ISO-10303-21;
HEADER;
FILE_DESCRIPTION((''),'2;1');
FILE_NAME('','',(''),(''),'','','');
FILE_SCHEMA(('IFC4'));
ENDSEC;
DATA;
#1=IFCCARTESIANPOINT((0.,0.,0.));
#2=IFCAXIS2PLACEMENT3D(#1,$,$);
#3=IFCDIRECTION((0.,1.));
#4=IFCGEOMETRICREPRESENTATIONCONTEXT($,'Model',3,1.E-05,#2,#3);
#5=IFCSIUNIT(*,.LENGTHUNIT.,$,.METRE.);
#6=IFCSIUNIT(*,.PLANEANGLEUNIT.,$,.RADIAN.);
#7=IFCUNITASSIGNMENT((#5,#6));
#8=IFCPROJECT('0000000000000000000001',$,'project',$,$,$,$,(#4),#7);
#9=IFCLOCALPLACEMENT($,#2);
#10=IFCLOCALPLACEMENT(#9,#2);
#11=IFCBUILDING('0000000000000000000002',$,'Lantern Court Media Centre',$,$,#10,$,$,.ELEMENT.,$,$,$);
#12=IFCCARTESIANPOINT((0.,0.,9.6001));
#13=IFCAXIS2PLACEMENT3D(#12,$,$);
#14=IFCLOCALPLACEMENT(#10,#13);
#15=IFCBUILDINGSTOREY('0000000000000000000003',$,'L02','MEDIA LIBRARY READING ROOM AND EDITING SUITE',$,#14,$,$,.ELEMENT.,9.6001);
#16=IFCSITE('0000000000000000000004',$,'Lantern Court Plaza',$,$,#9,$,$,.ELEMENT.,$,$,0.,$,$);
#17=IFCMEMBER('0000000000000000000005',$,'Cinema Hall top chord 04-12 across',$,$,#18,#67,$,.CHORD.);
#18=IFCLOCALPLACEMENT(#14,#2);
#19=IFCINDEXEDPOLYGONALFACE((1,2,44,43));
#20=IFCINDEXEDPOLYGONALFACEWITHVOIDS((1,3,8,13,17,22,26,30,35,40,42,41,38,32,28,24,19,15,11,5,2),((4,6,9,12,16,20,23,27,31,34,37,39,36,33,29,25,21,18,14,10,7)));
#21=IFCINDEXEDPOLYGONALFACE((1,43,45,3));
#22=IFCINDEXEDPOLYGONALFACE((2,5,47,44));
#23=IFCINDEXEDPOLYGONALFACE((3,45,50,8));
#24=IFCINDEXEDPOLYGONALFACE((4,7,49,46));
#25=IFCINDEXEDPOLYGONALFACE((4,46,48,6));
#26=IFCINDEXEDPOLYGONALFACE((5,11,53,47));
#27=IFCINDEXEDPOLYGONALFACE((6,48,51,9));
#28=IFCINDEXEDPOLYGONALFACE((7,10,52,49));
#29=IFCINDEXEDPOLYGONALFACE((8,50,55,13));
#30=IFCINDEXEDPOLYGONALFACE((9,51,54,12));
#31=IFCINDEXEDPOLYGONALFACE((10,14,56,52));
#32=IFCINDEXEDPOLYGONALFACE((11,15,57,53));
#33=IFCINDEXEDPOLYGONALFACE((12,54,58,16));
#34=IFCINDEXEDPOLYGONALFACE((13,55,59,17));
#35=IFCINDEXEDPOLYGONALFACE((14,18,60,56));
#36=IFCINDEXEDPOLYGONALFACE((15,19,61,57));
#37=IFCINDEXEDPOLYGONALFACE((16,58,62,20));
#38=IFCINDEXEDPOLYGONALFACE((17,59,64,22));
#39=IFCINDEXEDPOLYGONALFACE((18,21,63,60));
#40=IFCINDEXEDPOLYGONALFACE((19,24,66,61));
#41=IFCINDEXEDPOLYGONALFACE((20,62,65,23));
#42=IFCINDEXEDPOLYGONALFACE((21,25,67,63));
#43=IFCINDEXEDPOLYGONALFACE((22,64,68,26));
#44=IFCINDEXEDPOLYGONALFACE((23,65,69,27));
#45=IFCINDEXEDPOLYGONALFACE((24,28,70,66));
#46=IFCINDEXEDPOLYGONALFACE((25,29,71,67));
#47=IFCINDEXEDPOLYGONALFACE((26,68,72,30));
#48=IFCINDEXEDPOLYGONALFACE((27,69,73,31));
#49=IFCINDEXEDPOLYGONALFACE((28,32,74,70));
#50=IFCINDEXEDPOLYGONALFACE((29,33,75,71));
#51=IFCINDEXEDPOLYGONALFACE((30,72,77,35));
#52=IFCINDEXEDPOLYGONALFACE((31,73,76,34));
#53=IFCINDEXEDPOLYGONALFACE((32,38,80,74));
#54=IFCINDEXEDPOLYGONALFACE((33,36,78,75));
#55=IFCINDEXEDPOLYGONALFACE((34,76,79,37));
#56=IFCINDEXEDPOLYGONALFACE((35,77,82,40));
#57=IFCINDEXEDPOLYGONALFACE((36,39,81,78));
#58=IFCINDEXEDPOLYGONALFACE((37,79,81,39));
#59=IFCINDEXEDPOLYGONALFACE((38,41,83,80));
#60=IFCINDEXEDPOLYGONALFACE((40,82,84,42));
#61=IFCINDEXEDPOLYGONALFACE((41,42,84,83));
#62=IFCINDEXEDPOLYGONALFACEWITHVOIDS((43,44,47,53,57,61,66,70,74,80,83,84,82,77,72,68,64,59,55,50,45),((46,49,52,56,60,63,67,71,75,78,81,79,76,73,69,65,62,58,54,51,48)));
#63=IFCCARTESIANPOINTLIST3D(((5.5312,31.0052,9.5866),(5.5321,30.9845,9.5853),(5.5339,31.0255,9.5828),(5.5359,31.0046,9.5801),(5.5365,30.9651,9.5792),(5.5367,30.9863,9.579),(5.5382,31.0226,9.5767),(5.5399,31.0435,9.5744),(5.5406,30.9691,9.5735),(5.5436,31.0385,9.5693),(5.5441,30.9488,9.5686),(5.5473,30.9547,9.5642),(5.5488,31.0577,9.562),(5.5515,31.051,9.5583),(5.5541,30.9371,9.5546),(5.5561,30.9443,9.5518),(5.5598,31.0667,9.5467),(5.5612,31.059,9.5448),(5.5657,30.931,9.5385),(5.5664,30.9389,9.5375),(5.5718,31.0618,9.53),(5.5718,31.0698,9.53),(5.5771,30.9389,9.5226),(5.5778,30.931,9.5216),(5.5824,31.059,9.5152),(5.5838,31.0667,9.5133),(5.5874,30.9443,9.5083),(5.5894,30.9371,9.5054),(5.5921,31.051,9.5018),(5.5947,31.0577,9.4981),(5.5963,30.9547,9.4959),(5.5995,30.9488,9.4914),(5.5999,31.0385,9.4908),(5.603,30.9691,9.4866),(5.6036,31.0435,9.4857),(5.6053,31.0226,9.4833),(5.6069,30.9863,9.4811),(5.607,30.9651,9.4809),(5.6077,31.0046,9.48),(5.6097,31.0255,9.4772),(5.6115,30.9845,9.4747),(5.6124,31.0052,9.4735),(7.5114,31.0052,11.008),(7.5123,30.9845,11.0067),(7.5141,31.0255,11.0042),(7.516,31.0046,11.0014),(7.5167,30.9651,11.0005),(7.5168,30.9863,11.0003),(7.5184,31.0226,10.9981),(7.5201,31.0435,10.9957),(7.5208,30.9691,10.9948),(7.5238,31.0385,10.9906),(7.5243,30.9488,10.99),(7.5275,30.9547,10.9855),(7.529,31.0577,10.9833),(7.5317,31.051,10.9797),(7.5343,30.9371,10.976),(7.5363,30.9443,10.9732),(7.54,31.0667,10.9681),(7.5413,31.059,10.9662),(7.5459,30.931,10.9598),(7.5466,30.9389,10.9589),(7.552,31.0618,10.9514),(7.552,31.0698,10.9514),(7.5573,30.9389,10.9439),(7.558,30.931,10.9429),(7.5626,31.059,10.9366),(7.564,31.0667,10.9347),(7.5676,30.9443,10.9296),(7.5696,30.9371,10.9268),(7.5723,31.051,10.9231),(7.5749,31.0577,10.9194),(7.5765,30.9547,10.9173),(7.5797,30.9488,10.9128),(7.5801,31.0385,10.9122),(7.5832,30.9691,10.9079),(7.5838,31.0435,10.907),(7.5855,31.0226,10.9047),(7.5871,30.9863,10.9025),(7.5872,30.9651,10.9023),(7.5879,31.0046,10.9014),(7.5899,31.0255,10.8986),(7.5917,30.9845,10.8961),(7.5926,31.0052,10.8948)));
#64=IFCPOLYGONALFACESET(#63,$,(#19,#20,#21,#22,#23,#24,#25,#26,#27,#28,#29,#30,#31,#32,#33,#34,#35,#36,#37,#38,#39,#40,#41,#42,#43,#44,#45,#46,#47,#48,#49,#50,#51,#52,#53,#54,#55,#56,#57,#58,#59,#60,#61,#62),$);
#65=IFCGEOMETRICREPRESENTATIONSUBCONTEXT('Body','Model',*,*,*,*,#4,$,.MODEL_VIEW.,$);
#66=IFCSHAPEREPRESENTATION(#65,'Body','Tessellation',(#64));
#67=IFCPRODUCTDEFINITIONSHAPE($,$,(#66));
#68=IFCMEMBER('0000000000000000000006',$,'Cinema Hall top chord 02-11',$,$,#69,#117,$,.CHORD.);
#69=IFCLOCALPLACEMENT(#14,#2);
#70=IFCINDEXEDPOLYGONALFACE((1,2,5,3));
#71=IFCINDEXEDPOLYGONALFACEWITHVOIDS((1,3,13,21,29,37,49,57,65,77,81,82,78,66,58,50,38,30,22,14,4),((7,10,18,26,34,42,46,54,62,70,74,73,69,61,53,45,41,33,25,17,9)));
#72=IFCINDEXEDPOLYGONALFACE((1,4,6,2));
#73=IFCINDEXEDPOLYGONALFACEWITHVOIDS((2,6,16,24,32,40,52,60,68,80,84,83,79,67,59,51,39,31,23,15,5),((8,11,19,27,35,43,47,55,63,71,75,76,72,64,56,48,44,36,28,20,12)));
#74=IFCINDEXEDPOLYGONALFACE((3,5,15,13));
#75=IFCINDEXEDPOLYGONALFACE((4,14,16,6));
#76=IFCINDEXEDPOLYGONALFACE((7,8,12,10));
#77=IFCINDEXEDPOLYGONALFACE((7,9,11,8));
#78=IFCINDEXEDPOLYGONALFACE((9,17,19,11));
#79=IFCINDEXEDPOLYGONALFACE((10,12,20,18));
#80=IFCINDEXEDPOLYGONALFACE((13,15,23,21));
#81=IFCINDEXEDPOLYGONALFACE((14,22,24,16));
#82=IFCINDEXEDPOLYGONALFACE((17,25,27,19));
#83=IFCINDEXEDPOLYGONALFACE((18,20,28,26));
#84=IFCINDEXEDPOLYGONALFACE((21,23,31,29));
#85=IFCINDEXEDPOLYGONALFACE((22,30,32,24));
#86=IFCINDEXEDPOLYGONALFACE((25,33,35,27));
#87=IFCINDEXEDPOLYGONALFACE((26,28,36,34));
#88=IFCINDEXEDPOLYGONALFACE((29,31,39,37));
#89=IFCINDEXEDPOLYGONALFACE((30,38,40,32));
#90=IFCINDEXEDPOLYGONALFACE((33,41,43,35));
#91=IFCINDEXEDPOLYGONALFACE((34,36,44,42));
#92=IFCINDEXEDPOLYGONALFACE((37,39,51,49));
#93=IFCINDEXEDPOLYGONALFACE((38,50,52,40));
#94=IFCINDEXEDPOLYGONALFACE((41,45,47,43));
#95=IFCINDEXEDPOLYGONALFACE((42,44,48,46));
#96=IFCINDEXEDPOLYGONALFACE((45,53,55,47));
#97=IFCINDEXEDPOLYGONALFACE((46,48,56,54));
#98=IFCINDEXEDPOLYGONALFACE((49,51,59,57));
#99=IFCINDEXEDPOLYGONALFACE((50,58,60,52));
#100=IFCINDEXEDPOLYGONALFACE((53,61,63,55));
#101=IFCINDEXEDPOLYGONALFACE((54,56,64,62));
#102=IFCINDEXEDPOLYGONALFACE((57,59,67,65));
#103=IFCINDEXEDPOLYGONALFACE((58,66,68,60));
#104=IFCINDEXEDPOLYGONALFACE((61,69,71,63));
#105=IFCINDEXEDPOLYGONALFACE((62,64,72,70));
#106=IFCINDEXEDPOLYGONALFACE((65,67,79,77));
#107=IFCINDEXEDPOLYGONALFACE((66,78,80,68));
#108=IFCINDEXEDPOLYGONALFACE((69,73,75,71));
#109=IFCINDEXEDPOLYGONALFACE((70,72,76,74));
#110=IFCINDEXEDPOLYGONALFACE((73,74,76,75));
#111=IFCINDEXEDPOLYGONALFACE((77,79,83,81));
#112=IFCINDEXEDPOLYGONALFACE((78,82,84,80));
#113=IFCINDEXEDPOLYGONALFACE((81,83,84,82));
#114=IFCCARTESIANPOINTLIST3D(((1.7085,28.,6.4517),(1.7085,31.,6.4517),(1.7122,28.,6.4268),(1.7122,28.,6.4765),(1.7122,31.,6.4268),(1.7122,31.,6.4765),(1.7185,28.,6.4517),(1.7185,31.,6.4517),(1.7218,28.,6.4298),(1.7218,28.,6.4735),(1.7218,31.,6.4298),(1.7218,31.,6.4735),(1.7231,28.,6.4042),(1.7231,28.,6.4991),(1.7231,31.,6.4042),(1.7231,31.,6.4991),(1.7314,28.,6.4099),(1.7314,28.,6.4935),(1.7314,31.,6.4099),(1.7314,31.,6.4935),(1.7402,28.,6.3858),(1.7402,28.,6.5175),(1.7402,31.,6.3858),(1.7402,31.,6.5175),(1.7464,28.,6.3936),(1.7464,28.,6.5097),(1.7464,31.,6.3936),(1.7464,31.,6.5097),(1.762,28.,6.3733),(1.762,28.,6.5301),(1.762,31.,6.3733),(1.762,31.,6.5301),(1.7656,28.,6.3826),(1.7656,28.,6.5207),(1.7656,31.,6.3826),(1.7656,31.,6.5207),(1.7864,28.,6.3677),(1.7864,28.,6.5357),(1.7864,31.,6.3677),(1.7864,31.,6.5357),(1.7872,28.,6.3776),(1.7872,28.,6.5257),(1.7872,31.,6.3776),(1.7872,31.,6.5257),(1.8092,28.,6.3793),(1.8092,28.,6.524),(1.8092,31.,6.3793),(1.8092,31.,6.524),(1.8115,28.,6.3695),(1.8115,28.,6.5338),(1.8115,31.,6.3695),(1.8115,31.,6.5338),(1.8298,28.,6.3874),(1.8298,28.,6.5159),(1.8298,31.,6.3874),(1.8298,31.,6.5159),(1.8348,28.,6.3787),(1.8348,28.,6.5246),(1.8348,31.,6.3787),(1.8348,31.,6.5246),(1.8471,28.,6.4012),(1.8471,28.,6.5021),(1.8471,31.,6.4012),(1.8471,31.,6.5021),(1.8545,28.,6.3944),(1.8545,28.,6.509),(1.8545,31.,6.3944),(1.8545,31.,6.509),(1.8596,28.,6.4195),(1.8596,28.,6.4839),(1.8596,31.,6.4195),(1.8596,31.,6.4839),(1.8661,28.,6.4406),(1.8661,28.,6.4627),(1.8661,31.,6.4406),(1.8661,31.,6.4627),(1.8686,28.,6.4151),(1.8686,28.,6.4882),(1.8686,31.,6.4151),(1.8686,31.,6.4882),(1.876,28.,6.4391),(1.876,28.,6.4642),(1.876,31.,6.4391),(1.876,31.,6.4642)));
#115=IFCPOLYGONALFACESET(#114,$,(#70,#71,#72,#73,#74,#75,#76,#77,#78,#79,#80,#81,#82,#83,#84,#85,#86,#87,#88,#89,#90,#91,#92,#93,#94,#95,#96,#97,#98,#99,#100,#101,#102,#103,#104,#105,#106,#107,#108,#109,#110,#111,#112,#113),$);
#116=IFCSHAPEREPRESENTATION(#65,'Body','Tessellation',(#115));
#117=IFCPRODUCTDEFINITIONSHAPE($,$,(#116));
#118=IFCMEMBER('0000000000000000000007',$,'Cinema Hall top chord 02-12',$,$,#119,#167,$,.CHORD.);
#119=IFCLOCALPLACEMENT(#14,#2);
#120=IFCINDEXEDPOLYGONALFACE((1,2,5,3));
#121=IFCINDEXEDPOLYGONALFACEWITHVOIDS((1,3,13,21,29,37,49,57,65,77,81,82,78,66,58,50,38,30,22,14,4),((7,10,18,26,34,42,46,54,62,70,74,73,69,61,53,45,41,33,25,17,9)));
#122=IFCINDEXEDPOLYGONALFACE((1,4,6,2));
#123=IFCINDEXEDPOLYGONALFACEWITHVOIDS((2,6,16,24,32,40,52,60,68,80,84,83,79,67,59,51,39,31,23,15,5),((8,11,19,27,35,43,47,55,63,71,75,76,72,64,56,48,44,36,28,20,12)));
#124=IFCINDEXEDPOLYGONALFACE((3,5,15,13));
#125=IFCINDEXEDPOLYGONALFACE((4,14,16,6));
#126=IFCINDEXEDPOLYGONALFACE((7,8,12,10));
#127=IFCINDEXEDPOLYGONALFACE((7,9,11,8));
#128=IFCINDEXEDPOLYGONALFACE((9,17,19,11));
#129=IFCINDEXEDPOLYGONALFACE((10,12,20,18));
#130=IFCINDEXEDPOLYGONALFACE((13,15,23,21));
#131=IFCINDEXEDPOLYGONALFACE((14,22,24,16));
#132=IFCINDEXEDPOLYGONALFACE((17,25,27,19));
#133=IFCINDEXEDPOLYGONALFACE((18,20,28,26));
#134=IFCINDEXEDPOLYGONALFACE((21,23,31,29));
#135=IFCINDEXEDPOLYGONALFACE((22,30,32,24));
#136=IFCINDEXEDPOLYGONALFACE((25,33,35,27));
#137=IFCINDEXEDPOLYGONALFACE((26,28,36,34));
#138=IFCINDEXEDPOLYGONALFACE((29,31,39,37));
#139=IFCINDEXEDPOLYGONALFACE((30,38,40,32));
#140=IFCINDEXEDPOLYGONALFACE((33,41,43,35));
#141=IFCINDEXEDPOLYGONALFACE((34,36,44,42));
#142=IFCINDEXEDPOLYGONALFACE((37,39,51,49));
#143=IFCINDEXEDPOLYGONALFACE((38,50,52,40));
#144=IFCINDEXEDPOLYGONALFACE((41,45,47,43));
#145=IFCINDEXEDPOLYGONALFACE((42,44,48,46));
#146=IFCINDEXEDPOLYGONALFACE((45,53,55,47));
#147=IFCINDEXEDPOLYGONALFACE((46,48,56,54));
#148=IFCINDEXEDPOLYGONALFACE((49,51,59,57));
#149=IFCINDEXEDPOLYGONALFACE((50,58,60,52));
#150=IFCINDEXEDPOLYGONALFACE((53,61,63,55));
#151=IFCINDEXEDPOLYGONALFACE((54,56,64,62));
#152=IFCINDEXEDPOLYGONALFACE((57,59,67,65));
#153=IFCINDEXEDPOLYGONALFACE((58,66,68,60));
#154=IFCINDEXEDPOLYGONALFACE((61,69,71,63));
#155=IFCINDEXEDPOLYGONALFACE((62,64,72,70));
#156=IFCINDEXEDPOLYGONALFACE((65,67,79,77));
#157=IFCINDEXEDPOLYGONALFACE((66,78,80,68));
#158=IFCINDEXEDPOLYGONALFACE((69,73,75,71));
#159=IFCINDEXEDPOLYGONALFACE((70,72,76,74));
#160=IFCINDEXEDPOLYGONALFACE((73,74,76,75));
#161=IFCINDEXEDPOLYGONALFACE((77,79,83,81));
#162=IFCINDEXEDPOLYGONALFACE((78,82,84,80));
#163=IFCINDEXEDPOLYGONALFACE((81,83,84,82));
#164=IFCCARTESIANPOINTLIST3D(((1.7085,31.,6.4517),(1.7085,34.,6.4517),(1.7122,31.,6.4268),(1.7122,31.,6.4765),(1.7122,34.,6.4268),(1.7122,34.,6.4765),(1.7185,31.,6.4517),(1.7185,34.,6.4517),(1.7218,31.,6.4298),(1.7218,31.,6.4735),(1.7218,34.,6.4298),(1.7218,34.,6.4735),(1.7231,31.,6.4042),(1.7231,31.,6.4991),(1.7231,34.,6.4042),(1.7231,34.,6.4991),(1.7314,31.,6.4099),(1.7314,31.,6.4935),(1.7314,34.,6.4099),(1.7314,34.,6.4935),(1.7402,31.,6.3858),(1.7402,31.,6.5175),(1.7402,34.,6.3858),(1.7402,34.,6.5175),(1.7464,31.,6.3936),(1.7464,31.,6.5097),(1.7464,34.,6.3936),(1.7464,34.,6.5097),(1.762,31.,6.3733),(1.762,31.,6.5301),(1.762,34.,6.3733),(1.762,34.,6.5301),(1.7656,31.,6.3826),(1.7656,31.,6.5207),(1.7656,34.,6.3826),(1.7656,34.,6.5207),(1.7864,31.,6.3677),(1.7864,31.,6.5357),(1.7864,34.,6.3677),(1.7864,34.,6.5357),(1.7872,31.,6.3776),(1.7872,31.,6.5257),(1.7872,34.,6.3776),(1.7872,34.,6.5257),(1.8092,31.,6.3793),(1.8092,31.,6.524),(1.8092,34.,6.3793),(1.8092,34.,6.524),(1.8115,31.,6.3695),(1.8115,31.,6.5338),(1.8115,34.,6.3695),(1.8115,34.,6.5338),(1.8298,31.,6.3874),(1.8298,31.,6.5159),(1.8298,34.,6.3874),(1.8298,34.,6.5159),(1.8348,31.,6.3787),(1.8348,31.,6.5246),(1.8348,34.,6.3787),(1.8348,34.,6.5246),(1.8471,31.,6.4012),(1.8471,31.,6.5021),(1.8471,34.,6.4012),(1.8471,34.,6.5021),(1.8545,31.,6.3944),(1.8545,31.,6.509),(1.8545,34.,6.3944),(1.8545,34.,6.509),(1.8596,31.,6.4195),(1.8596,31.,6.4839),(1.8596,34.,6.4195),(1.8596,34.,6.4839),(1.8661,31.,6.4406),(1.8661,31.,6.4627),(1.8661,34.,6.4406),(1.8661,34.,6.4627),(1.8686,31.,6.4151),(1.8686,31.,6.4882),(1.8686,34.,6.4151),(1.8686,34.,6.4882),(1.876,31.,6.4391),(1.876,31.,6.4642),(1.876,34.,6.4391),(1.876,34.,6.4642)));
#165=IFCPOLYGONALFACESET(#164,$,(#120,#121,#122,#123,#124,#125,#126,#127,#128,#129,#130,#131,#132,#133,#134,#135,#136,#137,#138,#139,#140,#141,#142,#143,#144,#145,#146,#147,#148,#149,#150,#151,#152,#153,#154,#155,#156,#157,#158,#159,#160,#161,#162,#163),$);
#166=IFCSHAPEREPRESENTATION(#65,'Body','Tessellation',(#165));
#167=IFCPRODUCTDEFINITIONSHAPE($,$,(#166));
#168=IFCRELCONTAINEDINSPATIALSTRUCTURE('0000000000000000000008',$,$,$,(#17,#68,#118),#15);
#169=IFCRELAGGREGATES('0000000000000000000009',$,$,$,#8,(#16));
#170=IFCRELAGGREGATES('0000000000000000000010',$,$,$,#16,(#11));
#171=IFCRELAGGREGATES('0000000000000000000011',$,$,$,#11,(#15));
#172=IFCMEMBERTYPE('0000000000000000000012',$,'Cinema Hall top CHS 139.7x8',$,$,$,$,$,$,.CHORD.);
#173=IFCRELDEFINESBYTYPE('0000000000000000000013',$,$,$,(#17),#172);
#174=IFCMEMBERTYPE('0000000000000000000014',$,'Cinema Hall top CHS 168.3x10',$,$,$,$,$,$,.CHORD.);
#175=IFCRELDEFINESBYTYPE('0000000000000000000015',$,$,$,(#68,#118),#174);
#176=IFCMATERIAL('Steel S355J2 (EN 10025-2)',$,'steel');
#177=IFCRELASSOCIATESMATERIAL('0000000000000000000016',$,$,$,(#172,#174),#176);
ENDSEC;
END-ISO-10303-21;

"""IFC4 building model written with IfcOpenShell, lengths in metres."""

from ifc_helpers import new_model, si_unit, direction, frame, origin, origin_2d, place, context, subcontext, project, spatial, hollow_circle, extrude, material, material_profile, profile_set, type_object, element, save


model = new_model("IFC4")

# Units and contexts
model_context = context("Model", 3, precision=1e-05, world=origin(), true_north=direction((0.0, 1.0)))
body_context = subcontext(model_context, "Body", "Model", "MODEL_VIEW")
ifc_project = project(units=[si_unit("LENGTHUNIT", "METRE"), si_unit("PLANEANGLEUNIT", "RADIAN")], contexts=[model_context])

# Site, building, storey
site_placement = place(None, origin())
site = spatial("IfcSite", under=ifc_project, at=site_placement, Name="Lantern Court Plaza", CompositionType="ELEMENT", RefElevation=0.0)
building_placement = place(site_placement, origin())
building = spatial("IfcBuilding", under=site, at=building_placement, Name="Lantern Court Media Centre", CompositionType="ELEMENT")
storey_placement = place(building_placement, frame((0.0, 0.0, 9.6001)))
storey = spatial("IfcBuildingStorey", under=building, at=storey_placement, Name="L02", Description="MEDIA LIBRARY READING ROOM AND EDITING SUITE", CompositionType="ELEMENT", Elevation=9.6001)

# Members
ifc_material = material(Name="Steel S355J2 (EN 10025-2)", Category="steel")
ifc_material_profile_1 = material_profile(ifc_material, hollow_circle(Radius=0.0698, WallThickness=0.0081, at=origin_2d()), Name="Cinema Hall top CHS 139.7x8")
ifc_profile_set_1 = profile_set([ifc_material_profile_1], Name="Steel S355J2 (EN 10025-2)")
member_type_1 = type_object("IfcMemberType", Name="Cinema Hall top CHS 139.7x8", PredefinedType="CHORD", material=ifc_profile_set_1)
for number, where, z_axis, x_axis, name in (
    (1, (5.5718, 31.0, 9.53), (0.812385, 0.0, 0.583122), (0.0, 1.0, 0.0), "Cinema Hall top chord 04-12 across"),
):
    element("IfcMember", number, at=place(storey_placement, frame(where, z_axis=z_axis, x_axis=x_axis)), inside=storey, type_object=member_type_1, Name=name, PredefinedType="CHORD", context=body_context, shape_type="SweptSolid", body=[
        extrude(hollow_circle(Radius=0.0698, WallThickness=0.0081, at=origin_2d()), origin(), (0.0, 0.0, 1.0), 2.4375),
    ])
ifc_material_profile_2 = material_profile(ifc_material, hollow_circle(Radius=0.0842, WallThickness=0.01, at=origin_2d()), Name="Cinema Hall top CHS 168.3x10")
ifc_profile_set_2 = profile_set([ifc_material_profile_2], Name="Steel S355J2 (EN 10025-2)")
member_type_2 = type_object("IfcMemberType", Name="Cinema Hall top CHS 168.3x10", PredefinedType="CHORD", material=ifc_profile_set_2)
for number, where, z_axis, x_axis, name in (
    (2, (1.7927, 28.0, 6.4517), (0.0, 1.0, 0.0), (-1.0, 0.0, 0.0), "Cinema Hall top chord 02-11"),
    (3, (1.7927, 31.0, 6.4517), (0.0, 1.0, 0.0), (-1.0, 0.0, 0.0), "Cinema Hall top chord 02-12"),
):
    element("IfcMember", number, at=place(storey_placement, frame(where, z_axis=z_axis, x_axis=x_axis)), inside=storey, type_object=member_type_2, Name=name, PredefinedType="CHORD", context=body_context, shape_type="SweptSolid", body=[
        extrude(hollow_circle(Radius=0.0842, WallThickness=0.01, at=origin_2d()), origin(), (0.0, 0.0, 1.0), 3.0),
    ])

save(model, "model.ifc")
